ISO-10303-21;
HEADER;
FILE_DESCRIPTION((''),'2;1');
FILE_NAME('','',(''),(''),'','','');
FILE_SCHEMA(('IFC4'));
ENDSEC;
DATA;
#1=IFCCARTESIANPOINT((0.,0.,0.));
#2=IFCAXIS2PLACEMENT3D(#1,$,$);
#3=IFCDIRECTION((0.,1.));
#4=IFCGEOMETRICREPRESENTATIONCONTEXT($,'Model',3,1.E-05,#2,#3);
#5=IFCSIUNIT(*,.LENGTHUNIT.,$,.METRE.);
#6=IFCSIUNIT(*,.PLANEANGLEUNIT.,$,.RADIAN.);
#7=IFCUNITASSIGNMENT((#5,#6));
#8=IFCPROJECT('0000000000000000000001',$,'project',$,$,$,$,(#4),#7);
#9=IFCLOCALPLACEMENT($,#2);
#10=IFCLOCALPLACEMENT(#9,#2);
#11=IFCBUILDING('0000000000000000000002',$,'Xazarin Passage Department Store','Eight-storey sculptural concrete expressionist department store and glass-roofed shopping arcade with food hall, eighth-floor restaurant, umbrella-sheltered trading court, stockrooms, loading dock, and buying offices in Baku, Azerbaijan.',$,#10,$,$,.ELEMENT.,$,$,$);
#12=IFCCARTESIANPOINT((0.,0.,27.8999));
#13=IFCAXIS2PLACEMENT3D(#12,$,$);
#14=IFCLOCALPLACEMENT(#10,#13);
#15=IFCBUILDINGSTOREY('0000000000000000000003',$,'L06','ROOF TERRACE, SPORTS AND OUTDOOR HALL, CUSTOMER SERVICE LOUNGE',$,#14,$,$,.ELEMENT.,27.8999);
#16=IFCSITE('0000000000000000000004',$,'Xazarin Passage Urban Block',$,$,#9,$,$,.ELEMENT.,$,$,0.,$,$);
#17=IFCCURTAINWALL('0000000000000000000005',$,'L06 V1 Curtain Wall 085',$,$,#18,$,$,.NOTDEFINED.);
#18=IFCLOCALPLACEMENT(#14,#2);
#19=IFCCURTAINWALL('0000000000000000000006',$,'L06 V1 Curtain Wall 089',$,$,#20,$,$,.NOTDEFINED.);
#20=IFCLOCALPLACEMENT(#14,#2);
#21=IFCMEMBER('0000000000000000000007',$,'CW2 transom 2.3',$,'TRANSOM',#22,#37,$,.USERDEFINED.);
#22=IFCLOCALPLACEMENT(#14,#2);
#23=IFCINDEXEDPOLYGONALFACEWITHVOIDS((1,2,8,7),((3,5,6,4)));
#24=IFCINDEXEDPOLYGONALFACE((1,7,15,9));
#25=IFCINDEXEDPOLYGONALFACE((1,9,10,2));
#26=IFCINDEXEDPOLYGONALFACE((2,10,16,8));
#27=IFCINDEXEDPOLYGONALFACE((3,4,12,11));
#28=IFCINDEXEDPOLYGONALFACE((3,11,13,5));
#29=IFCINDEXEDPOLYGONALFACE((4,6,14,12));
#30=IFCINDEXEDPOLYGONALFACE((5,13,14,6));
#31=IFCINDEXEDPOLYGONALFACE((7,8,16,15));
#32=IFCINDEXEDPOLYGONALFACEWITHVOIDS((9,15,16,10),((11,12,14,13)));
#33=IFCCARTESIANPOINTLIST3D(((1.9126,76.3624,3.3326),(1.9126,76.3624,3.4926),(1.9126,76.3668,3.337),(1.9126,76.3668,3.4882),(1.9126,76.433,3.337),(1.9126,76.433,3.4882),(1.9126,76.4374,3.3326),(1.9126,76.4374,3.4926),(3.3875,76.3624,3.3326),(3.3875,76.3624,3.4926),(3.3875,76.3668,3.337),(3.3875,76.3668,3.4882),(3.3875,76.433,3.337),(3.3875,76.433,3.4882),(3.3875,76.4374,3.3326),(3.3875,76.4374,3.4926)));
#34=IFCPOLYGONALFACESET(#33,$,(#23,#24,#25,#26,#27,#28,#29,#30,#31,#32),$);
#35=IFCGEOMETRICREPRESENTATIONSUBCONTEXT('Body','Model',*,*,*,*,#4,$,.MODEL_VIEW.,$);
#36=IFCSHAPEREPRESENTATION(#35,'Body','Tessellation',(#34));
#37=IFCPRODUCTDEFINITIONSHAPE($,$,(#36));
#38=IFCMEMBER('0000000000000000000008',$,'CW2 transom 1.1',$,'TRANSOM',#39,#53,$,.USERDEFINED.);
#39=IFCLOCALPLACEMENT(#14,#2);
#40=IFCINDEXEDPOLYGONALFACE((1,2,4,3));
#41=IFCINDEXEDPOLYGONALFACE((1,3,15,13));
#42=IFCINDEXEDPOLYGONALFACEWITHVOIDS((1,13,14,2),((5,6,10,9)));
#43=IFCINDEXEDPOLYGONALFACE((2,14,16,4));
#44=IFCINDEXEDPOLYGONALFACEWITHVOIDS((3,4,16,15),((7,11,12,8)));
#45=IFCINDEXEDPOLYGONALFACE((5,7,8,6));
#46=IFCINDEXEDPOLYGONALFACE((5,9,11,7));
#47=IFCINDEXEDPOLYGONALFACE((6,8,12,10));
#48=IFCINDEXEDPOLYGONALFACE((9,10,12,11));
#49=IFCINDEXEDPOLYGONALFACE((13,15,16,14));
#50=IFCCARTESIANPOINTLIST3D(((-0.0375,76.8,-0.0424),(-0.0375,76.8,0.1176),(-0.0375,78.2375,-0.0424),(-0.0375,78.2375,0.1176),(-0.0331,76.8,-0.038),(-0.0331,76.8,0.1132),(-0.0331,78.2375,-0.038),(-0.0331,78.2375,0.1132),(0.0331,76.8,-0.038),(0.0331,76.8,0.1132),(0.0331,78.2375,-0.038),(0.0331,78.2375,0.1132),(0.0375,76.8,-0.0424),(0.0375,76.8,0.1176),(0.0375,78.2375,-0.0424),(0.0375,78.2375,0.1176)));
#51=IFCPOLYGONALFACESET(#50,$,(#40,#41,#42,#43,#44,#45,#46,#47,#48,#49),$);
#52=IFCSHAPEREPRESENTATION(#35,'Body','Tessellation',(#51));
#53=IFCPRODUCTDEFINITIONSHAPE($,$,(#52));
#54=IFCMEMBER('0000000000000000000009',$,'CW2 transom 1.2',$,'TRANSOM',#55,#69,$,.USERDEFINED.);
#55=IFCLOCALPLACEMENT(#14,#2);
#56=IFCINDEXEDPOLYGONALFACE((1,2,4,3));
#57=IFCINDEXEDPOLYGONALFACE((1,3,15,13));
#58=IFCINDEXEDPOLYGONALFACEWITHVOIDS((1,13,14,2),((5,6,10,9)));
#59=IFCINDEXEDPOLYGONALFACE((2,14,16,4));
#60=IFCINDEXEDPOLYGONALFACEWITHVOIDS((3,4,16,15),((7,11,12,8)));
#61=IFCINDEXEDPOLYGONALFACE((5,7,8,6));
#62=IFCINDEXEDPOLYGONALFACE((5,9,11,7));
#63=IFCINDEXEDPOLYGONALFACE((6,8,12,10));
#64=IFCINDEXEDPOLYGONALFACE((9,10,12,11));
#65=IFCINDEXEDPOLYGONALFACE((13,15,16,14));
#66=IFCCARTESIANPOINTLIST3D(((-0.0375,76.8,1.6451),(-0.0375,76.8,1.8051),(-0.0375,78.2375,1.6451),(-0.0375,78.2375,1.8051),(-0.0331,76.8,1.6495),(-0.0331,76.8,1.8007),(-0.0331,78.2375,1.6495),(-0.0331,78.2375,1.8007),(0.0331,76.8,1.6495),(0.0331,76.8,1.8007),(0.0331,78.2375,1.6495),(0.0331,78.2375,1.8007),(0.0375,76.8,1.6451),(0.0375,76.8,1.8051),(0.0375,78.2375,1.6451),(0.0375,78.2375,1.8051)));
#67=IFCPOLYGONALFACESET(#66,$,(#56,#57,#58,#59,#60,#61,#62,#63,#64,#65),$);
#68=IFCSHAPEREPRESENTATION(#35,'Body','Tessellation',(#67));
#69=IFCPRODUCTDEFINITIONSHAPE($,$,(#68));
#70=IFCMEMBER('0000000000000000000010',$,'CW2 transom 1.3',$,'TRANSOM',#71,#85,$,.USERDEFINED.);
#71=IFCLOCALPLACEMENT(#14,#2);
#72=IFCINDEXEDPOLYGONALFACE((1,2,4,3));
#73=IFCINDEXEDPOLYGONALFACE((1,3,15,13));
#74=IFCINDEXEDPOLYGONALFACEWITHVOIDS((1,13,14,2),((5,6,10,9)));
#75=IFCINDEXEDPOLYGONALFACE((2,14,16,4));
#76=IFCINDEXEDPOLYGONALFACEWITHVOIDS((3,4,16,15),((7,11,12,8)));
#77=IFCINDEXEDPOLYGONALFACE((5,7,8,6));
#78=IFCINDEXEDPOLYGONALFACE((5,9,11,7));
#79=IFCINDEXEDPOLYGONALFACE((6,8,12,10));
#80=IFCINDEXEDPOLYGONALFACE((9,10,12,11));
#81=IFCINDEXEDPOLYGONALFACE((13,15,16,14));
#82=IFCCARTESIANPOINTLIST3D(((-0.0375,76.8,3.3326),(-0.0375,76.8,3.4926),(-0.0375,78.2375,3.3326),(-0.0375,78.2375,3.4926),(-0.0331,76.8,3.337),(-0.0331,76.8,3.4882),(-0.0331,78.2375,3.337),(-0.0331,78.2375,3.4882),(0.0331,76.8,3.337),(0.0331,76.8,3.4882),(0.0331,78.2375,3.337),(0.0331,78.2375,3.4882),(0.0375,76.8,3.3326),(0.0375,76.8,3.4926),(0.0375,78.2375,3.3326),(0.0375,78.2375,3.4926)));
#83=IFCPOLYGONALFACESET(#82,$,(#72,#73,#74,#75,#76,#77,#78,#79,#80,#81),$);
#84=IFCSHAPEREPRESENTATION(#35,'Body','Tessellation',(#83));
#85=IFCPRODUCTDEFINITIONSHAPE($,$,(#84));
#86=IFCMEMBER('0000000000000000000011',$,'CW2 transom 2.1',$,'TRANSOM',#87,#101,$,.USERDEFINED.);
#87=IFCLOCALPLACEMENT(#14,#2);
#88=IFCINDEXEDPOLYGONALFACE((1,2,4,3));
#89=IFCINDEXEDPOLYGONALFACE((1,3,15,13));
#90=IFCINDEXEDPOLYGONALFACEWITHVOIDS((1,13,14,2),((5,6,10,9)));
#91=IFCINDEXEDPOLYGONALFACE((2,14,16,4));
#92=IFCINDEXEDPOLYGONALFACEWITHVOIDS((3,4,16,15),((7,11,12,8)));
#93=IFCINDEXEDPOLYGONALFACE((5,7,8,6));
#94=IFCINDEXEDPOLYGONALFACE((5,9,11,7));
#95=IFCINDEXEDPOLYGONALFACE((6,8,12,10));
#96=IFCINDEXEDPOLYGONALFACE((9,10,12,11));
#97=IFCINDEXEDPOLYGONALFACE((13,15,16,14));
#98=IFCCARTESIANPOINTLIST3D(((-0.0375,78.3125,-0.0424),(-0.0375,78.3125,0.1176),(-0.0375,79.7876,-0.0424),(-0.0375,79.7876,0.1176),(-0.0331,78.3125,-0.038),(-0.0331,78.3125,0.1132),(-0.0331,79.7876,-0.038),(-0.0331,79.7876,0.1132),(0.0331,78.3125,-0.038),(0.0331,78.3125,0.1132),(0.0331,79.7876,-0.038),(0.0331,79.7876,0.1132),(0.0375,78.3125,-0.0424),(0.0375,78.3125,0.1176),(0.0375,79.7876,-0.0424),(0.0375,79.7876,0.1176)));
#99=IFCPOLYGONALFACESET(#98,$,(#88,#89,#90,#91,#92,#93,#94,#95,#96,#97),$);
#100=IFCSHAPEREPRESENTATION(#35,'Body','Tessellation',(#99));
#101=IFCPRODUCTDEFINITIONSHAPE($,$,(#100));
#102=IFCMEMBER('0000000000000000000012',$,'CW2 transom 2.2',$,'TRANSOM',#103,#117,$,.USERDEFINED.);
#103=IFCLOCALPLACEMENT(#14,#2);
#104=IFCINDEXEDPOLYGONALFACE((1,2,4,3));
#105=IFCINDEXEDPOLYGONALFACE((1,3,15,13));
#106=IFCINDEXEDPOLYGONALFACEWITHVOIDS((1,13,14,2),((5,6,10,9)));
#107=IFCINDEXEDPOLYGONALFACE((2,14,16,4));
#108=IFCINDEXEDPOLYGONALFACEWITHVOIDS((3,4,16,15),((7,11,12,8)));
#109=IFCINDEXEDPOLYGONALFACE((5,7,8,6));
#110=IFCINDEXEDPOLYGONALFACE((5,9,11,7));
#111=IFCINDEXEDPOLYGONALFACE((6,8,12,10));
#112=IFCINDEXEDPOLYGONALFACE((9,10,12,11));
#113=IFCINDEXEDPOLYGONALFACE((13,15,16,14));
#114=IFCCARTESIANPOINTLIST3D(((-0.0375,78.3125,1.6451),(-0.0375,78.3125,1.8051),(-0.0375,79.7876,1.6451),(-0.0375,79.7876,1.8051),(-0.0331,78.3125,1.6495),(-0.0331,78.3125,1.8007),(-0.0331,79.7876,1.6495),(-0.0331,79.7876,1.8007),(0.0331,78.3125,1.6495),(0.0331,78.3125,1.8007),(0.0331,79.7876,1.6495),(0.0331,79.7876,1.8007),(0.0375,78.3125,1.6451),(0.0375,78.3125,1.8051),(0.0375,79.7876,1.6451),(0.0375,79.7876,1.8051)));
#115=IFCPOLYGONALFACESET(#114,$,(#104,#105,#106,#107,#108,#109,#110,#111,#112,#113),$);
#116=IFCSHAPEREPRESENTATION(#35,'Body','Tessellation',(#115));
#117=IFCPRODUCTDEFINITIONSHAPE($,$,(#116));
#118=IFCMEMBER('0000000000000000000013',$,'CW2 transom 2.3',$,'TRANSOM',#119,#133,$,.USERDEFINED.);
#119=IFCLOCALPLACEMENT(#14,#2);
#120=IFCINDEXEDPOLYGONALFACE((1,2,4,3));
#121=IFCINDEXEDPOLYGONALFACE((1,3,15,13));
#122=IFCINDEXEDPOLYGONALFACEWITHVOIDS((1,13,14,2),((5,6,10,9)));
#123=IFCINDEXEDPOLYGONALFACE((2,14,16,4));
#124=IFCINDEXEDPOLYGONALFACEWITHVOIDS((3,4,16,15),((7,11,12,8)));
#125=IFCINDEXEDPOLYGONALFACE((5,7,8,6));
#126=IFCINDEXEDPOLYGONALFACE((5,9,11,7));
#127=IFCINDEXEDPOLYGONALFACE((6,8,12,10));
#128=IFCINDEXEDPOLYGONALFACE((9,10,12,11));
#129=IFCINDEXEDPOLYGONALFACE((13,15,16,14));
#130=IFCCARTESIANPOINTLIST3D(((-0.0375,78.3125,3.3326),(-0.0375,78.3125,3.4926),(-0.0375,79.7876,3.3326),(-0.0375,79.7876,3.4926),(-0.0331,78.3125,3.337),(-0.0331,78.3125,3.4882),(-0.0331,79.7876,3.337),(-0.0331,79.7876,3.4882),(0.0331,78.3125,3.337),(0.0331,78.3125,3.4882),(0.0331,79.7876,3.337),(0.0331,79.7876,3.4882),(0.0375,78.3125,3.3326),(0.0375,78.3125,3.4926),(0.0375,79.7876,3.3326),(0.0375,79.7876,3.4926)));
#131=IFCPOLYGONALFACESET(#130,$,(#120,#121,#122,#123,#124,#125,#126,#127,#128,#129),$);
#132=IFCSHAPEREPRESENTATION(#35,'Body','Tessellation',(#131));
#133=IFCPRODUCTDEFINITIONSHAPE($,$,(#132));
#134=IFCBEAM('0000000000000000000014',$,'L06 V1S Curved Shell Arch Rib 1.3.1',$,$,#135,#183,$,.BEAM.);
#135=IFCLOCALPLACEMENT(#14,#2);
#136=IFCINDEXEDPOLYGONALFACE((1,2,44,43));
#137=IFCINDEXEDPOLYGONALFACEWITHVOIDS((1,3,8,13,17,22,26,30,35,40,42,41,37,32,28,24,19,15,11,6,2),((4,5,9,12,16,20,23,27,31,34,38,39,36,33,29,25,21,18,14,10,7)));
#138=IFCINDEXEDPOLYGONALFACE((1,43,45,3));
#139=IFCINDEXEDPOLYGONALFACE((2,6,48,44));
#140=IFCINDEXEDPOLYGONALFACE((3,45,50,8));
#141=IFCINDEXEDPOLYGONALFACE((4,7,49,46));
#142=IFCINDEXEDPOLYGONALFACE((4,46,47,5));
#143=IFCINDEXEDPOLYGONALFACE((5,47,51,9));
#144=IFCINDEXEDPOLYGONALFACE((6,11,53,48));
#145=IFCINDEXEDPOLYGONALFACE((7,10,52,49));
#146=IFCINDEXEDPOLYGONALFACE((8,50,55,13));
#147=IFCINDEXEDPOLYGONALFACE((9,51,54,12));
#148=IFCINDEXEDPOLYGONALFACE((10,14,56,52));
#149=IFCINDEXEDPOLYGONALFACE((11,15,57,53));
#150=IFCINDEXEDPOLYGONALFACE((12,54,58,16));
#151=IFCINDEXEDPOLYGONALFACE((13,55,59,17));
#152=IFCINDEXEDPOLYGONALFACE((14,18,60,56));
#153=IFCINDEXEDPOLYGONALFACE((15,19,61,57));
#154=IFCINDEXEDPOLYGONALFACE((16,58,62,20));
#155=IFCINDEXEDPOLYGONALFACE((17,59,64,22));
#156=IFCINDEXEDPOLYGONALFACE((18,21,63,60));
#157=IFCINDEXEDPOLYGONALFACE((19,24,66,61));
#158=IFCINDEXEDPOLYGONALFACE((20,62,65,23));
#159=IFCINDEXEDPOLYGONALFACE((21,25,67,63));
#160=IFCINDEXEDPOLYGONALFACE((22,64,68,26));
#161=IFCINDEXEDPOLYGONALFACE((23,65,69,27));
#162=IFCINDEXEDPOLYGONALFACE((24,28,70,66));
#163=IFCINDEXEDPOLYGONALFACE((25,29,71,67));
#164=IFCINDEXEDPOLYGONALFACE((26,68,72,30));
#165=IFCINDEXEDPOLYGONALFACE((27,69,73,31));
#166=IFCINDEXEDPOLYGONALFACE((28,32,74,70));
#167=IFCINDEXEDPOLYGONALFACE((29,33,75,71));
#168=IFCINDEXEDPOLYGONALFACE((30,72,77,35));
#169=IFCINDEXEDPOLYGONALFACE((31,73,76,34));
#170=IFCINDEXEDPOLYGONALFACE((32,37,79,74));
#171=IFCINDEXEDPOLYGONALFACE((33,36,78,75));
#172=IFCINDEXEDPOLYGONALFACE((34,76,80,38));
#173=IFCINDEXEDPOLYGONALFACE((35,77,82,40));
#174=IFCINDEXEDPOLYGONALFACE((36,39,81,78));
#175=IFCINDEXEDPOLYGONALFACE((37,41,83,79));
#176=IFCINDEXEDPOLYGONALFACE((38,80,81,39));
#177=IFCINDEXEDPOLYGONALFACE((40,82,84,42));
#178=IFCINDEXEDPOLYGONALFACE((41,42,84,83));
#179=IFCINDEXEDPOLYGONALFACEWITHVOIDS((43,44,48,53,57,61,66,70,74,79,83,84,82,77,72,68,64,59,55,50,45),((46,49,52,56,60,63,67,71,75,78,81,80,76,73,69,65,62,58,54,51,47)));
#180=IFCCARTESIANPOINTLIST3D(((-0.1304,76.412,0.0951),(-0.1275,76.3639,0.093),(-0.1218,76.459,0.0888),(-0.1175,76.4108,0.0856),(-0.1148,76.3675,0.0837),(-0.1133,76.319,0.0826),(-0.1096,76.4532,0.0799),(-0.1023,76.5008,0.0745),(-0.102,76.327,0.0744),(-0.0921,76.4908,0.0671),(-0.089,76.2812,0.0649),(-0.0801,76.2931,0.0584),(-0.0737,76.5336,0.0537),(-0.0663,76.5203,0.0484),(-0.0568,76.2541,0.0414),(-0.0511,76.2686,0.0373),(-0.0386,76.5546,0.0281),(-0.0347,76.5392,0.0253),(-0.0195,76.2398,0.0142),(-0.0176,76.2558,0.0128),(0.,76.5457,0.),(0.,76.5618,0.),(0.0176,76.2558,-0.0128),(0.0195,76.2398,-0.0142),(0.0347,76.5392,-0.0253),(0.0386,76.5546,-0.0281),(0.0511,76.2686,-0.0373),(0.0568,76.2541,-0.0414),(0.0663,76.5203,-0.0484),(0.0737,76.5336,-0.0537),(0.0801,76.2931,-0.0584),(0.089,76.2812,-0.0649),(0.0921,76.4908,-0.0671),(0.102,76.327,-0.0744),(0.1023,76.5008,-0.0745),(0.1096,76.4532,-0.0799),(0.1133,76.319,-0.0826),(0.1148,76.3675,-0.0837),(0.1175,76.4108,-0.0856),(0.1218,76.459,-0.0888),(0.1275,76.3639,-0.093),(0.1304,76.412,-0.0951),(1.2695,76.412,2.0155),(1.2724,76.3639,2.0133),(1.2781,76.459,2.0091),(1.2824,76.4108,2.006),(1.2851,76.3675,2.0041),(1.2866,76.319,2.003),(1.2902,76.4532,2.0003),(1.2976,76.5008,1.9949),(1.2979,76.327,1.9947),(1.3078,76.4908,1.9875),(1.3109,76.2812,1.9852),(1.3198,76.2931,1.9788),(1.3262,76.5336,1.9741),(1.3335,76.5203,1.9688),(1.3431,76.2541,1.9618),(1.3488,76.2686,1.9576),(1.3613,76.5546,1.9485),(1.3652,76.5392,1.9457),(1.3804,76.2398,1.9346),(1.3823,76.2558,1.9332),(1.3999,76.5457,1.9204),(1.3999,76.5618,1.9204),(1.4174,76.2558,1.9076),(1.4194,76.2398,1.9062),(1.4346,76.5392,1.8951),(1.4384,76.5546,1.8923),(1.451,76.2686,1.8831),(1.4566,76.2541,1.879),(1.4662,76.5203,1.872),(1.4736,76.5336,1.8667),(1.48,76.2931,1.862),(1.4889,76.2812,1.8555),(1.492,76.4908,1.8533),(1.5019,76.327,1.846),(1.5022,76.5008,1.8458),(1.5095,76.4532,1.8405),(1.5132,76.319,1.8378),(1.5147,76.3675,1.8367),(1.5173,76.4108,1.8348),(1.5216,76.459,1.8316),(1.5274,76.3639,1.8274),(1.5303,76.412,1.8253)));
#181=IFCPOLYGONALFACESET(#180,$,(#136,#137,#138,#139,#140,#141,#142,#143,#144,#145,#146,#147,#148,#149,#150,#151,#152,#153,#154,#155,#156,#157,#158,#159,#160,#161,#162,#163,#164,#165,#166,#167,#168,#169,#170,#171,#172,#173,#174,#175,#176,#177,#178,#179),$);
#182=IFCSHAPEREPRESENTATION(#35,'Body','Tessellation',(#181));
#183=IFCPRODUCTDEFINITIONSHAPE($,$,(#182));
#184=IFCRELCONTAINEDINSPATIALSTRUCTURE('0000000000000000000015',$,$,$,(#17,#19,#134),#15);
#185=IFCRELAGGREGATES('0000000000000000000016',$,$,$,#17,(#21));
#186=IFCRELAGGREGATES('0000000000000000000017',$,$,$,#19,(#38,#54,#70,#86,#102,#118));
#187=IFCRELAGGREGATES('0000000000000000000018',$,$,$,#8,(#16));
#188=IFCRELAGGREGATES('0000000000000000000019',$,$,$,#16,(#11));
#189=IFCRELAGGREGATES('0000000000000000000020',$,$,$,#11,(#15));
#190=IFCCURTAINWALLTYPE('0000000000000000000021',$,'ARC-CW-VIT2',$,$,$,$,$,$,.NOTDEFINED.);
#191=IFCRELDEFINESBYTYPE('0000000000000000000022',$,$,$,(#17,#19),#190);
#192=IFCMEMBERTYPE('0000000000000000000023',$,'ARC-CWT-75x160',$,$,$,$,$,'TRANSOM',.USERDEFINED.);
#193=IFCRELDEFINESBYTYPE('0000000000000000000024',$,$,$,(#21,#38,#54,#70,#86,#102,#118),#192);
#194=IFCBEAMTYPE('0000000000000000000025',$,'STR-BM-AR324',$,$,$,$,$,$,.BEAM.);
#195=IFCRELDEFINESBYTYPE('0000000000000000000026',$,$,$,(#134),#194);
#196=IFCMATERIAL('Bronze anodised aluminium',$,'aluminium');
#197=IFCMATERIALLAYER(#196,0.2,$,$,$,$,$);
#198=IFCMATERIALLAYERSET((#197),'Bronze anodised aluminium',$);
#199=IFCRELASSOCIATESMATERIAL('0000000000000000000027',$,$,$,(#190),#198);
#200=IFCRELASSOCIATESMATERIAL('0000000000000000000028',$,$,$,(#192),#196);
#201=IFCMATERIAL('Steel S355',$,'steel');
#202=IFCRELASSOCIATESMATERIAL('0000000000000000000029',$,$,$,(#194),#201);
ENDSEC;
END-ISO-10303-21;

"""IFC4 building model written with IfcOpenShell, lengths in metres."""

from ifc_helpers import new_model, si_unit, direction, frame, origin, origin_2d, place, context, subcontext, project, spatial, hollow_rectangle, hollow_circle, extrude, material, layer, layer_set, material_profile, profile_set, type_object, element, aggregate, save


model = new_model("IFC4")

# Units and contexts
model_context = context("Model", 3, precision=1e-05, world=origin(), true_north=direction((0.0, 1.0)))
body_context = subcontext(model_context, "Body", "Model", "MODEL_VIEW")
ifc_project = project(units=[si_unit("LENGTHUNIT", "METRE"), si_unit("PLANEANGLEUNIT", "RADIAN")], contexts=[model_context])

# Site, building, storey
site_placement = place(None, origin())
site = spatial("IfcSite", under=ifc_project, at=site_placement, Name="Xazarin Passage Urban Block", CompositionType="ELEMENT", RefElevation=0.0)
building_placement = place(site_placement, origin())
building = spatial("IfcBuilding", under=site, at=building_placement, Name="Xazarin Passage Department Store", Description="Eight-storey sculptural concrete expressionist department store and glass-roofed shopping arcade with food hall, eighth-floor restaurant, umbrella-sheltered trading court, stockrooms, loading dock, and buying offices in Baku, Azerbaijan.", CompositionType="ELEMENT")
storey_placement = place(building_placement, frame((0.0, 0.0, 27.8999)))
storey = spatial("IfcBuildingStorey", under=building, at=storey_placement, Name="L06", Description="ROOF TERRACE, SPORTS AND OUTDOOR HALL, CUSTOMER SERVICE LOUNGE", CompositionType="ELEMENT", Elevation=27.8999)

# Curtain walls
ifc_material_1 = material(Name="Bronze anodised aluminium", Category="aluminium")
ifc_layer_1 = layer(ifc_material_1, 0.2)
ifc_layer_set_1 = layer_set([ifc_layer_1], Name="Bronze anodised aluminium")
curtain_wall_type = type_object("IfcCurtainWallType", Name="ARC-CW-VIT2", PredefinedType="NOTDEFINED", material=ifc_layer_set_1)
curtain_wall_1_placement = place(storey_placement, origin())
curtain_wall_1 = element("IfcCurtainWall", 1, at=curtain_wall_1_placement, inside=storey, type_object=curtain_wall_type, Name="L06 V1 Curtain Wall 085", PredefinedType="NOTDEFINED")
curtain_wall_2_placement = place(storey_placement, origin())
curtain_wall_2 = element("IfcCurtainWall", 2, at=curtain_wall_2_placement, inside=storey, type_object=curtain_wall_type, Name="L06 V1 Curtain Wall 089", PredefinedType="NOTDEFINED")

# Members
ifc_material_profile_1 = material_profile(ifc_material_1, hollow_rectangle(XDim=0.075, YDim=0.1599, WallThickness=0.0044, at=origin_2d()), Name="ALU 75x160")
ifc_profile_set_1 = profile_set([ifc_material_profile_1], Name="Bronze anodised aluminium")
member_type_1 = type_object("IfcMemberType", Name="ARC-CWT-75x160", ElementType="TRANSOM", PredefinedType="USERDEFINED", material=ifc_profile_set_1)
member_1_placement = place(storey_placement, frame((1.9126, 76.3999, 3.4126), z_axis=(1.0, 0.0, 0.0), x_axis=(0.0, 1.0, 0.0)))
member_1 = element("IfcMember", 3, at=member_1_placement, type_object=member_type_1, Name="CW2 transom 2.3", ObjectType="TRANSOM", PredefinedType="USERDEFINED", context=body_context, shape_type="SweptSolid", body=[
    extrude(hollow_rectangle(XDim=0.075, YDim=0.1599, WallThickness=0.0044, at=origin_2d()), origin(), (0.0, 0.0, 1.0), 1.4749),
])
member_2_placement = place(storey_placement, frame((0.0, 76.8, 0.0376), z_axis=(0.0, 1.0, 0.0), x_axis=(-1.0, 0.0, 0.0)))
member_2 = element("IfcMember", 4, at=member_2_placement, type_object=member_type_1, Name="CW2 transom 1.1", ObjectType="TRANSOM", PredefinedType="USERDEFINED", context=body_context, shape_type="SweptSolid", body=[
    extrude(hollow_rectangle(XDim=0.075, YDim=0.1599, WallThickness=0.0044, at=origin_2d()), origin(), (0.0, 0.0, 1.0), 1.4375),
])
member_3_placement = place(storey_placement, frame((0.0, 76.8, 1.7251), z_axis=(0.0, 1.0, 0.0), x_axis=(-1.0, 0.0, 0.0)))
member_3 = element("IfcMember", 5, at=member_3_placement, type_object=member_type_1, Name="CW2 transom 1.2", ObjectType="TRANSOM", PredefinedType="USERDEFINED", context=body_context, shape_type="SweptSolid", body=[
    extrude(hollow_rectangle(XDim=0.075, YDim=0.1599, WallThickness=0.0044, at=origin_2d()), origin(), (0.0, 0.0, 1.0), 1.4375),
])
member_4_placement = place(storey_placement, frame((0.0, 76.8, 3.4126), z_axis=(0.0, 1.0, 0.0), x_axis=(-1.0, 0.0, 0.0)))
member_4 = element("IfcMember", 6, at=member_4_placement, type_object=member_type_1, Name="CW2 transom 1.3", ObjectType="TRANSOM", PredefinedType="USERDEFINED", context=body_context, shape_type="SweptSolid", body=[
    extrude(hollow_rectangle(XDim=0.075, YDim=0.1599, WallThickness=0.0044, at=origin_2d()), origin(), (0.0, 0.0, 1.0), 1.4375),
])
member_5_placement = place(storey_placement, frame((0.0, 78.3125, 0.0376), z_axis=(0.0, 1.0, 0.0), x_axis=(-1.0, 0.0, 0.0)))
member_5 = element("IfcMember", 7, at=member_5_placement, type_object=member_type_1, Name="CW2 transom 2.1", ObjectType="TRANSOM", PredefinedType="USERDEFINED", context=body_context, shape_type="SweptSolid", body=[
    extrude(hollow_rectangle(XDim=0.075, YDim=0.1599, WallThickness=0.0044, at=origin_2d()), origin(), (0.0, 0.0, 1.0), 1.4751),
])
member_6_placement = place(storey_placement, frame((0.0, 78.3125, 1.7251), z_axis=(0.0, 1.0, 0.0), x_axis=(-1.0, 0.0, 0.0)))
member_6 = element("IfcMember", 8, at=member_6_placement, type_object=member_type_1, Name="CW2 transom 2.2", ObjectType="TRANSOM", PredefinedType="USERDEFINED", context=body_context, shape_type="SweptSolid", body=[
    extrude(hollow_rectangle(XDim=0.075, YDim=0.1599, WallThickness=0.0044, at=origin_2d()), origin(), (0.0, 0.0, 1.0), 1.4751),
])
member_7_placement = place(storey_placement, frame((0.0, 78.3125, 3.4126), z_axis=(0.0, 1.0, 0.0), x_axis=(-1.0, 0.0, 0.0)))
member_7 = element("IfcMember", 9, at=member_7_placement, type_object=member_type_1, Name="CW2 transom 2.3", ObjectType="TRANSOM", PredefinedType="USERDEFINED", context=body_context, shape_type="SweptSolid", body=[
    extrude(hollow_rectangle(XDim=0.075, YDim=0.1599, WallThickness=0.0044, at=origin_2d()), origin(), (0.0, 0.0, 1.0), 1.4751),
])

# Beam
ifc_material_2 = material(Name="Steel S355", Category="steel")
ifc_material_profile_2 = material_profile(ifc_material_2, hollow_circle(Radius=0.1619, WallThickness=0.0161, at=origin_2d()), Name="CHS 323.9x16")
ifc_profile_set_2 = profile_set([ifc_material_profile_2], Name="Steel S355")
beam_type_1 = type_object("IfcBeamType", Name="STR-BM-AR324", PredefinedType="BEAM", material=ifc_profile_set_2)
beam_1_placement = place(storey_placement, frame((0.0, 76.3999, 0.0), z_axis=(0.589063, 0.0, 0.808087), x_axis=(0.0, 1.0, 0.0)))
element("IfcBeam", 10, at=beam_1_placement, inside=storey, type_object=beam_type_1, Name="L06 V1S Curved Shell Arch Rib 1.3.1", PredefinedType="BEAM", context=body_context, shape_type="SweptSolid", body=[
    extrude(hollow_circle(Radius=0.1619, WallThickness=0.0161, at=origin_2d()), origin(), (0.0, 0.0, 1.0), 2.3765),
])

aggregate(curtain_wall_1, [member_1])
aggregate(curtain_wall_2, [member_2, member_3, member_4, member_5, member_6, member_7])

save(model, "model.ifc")
